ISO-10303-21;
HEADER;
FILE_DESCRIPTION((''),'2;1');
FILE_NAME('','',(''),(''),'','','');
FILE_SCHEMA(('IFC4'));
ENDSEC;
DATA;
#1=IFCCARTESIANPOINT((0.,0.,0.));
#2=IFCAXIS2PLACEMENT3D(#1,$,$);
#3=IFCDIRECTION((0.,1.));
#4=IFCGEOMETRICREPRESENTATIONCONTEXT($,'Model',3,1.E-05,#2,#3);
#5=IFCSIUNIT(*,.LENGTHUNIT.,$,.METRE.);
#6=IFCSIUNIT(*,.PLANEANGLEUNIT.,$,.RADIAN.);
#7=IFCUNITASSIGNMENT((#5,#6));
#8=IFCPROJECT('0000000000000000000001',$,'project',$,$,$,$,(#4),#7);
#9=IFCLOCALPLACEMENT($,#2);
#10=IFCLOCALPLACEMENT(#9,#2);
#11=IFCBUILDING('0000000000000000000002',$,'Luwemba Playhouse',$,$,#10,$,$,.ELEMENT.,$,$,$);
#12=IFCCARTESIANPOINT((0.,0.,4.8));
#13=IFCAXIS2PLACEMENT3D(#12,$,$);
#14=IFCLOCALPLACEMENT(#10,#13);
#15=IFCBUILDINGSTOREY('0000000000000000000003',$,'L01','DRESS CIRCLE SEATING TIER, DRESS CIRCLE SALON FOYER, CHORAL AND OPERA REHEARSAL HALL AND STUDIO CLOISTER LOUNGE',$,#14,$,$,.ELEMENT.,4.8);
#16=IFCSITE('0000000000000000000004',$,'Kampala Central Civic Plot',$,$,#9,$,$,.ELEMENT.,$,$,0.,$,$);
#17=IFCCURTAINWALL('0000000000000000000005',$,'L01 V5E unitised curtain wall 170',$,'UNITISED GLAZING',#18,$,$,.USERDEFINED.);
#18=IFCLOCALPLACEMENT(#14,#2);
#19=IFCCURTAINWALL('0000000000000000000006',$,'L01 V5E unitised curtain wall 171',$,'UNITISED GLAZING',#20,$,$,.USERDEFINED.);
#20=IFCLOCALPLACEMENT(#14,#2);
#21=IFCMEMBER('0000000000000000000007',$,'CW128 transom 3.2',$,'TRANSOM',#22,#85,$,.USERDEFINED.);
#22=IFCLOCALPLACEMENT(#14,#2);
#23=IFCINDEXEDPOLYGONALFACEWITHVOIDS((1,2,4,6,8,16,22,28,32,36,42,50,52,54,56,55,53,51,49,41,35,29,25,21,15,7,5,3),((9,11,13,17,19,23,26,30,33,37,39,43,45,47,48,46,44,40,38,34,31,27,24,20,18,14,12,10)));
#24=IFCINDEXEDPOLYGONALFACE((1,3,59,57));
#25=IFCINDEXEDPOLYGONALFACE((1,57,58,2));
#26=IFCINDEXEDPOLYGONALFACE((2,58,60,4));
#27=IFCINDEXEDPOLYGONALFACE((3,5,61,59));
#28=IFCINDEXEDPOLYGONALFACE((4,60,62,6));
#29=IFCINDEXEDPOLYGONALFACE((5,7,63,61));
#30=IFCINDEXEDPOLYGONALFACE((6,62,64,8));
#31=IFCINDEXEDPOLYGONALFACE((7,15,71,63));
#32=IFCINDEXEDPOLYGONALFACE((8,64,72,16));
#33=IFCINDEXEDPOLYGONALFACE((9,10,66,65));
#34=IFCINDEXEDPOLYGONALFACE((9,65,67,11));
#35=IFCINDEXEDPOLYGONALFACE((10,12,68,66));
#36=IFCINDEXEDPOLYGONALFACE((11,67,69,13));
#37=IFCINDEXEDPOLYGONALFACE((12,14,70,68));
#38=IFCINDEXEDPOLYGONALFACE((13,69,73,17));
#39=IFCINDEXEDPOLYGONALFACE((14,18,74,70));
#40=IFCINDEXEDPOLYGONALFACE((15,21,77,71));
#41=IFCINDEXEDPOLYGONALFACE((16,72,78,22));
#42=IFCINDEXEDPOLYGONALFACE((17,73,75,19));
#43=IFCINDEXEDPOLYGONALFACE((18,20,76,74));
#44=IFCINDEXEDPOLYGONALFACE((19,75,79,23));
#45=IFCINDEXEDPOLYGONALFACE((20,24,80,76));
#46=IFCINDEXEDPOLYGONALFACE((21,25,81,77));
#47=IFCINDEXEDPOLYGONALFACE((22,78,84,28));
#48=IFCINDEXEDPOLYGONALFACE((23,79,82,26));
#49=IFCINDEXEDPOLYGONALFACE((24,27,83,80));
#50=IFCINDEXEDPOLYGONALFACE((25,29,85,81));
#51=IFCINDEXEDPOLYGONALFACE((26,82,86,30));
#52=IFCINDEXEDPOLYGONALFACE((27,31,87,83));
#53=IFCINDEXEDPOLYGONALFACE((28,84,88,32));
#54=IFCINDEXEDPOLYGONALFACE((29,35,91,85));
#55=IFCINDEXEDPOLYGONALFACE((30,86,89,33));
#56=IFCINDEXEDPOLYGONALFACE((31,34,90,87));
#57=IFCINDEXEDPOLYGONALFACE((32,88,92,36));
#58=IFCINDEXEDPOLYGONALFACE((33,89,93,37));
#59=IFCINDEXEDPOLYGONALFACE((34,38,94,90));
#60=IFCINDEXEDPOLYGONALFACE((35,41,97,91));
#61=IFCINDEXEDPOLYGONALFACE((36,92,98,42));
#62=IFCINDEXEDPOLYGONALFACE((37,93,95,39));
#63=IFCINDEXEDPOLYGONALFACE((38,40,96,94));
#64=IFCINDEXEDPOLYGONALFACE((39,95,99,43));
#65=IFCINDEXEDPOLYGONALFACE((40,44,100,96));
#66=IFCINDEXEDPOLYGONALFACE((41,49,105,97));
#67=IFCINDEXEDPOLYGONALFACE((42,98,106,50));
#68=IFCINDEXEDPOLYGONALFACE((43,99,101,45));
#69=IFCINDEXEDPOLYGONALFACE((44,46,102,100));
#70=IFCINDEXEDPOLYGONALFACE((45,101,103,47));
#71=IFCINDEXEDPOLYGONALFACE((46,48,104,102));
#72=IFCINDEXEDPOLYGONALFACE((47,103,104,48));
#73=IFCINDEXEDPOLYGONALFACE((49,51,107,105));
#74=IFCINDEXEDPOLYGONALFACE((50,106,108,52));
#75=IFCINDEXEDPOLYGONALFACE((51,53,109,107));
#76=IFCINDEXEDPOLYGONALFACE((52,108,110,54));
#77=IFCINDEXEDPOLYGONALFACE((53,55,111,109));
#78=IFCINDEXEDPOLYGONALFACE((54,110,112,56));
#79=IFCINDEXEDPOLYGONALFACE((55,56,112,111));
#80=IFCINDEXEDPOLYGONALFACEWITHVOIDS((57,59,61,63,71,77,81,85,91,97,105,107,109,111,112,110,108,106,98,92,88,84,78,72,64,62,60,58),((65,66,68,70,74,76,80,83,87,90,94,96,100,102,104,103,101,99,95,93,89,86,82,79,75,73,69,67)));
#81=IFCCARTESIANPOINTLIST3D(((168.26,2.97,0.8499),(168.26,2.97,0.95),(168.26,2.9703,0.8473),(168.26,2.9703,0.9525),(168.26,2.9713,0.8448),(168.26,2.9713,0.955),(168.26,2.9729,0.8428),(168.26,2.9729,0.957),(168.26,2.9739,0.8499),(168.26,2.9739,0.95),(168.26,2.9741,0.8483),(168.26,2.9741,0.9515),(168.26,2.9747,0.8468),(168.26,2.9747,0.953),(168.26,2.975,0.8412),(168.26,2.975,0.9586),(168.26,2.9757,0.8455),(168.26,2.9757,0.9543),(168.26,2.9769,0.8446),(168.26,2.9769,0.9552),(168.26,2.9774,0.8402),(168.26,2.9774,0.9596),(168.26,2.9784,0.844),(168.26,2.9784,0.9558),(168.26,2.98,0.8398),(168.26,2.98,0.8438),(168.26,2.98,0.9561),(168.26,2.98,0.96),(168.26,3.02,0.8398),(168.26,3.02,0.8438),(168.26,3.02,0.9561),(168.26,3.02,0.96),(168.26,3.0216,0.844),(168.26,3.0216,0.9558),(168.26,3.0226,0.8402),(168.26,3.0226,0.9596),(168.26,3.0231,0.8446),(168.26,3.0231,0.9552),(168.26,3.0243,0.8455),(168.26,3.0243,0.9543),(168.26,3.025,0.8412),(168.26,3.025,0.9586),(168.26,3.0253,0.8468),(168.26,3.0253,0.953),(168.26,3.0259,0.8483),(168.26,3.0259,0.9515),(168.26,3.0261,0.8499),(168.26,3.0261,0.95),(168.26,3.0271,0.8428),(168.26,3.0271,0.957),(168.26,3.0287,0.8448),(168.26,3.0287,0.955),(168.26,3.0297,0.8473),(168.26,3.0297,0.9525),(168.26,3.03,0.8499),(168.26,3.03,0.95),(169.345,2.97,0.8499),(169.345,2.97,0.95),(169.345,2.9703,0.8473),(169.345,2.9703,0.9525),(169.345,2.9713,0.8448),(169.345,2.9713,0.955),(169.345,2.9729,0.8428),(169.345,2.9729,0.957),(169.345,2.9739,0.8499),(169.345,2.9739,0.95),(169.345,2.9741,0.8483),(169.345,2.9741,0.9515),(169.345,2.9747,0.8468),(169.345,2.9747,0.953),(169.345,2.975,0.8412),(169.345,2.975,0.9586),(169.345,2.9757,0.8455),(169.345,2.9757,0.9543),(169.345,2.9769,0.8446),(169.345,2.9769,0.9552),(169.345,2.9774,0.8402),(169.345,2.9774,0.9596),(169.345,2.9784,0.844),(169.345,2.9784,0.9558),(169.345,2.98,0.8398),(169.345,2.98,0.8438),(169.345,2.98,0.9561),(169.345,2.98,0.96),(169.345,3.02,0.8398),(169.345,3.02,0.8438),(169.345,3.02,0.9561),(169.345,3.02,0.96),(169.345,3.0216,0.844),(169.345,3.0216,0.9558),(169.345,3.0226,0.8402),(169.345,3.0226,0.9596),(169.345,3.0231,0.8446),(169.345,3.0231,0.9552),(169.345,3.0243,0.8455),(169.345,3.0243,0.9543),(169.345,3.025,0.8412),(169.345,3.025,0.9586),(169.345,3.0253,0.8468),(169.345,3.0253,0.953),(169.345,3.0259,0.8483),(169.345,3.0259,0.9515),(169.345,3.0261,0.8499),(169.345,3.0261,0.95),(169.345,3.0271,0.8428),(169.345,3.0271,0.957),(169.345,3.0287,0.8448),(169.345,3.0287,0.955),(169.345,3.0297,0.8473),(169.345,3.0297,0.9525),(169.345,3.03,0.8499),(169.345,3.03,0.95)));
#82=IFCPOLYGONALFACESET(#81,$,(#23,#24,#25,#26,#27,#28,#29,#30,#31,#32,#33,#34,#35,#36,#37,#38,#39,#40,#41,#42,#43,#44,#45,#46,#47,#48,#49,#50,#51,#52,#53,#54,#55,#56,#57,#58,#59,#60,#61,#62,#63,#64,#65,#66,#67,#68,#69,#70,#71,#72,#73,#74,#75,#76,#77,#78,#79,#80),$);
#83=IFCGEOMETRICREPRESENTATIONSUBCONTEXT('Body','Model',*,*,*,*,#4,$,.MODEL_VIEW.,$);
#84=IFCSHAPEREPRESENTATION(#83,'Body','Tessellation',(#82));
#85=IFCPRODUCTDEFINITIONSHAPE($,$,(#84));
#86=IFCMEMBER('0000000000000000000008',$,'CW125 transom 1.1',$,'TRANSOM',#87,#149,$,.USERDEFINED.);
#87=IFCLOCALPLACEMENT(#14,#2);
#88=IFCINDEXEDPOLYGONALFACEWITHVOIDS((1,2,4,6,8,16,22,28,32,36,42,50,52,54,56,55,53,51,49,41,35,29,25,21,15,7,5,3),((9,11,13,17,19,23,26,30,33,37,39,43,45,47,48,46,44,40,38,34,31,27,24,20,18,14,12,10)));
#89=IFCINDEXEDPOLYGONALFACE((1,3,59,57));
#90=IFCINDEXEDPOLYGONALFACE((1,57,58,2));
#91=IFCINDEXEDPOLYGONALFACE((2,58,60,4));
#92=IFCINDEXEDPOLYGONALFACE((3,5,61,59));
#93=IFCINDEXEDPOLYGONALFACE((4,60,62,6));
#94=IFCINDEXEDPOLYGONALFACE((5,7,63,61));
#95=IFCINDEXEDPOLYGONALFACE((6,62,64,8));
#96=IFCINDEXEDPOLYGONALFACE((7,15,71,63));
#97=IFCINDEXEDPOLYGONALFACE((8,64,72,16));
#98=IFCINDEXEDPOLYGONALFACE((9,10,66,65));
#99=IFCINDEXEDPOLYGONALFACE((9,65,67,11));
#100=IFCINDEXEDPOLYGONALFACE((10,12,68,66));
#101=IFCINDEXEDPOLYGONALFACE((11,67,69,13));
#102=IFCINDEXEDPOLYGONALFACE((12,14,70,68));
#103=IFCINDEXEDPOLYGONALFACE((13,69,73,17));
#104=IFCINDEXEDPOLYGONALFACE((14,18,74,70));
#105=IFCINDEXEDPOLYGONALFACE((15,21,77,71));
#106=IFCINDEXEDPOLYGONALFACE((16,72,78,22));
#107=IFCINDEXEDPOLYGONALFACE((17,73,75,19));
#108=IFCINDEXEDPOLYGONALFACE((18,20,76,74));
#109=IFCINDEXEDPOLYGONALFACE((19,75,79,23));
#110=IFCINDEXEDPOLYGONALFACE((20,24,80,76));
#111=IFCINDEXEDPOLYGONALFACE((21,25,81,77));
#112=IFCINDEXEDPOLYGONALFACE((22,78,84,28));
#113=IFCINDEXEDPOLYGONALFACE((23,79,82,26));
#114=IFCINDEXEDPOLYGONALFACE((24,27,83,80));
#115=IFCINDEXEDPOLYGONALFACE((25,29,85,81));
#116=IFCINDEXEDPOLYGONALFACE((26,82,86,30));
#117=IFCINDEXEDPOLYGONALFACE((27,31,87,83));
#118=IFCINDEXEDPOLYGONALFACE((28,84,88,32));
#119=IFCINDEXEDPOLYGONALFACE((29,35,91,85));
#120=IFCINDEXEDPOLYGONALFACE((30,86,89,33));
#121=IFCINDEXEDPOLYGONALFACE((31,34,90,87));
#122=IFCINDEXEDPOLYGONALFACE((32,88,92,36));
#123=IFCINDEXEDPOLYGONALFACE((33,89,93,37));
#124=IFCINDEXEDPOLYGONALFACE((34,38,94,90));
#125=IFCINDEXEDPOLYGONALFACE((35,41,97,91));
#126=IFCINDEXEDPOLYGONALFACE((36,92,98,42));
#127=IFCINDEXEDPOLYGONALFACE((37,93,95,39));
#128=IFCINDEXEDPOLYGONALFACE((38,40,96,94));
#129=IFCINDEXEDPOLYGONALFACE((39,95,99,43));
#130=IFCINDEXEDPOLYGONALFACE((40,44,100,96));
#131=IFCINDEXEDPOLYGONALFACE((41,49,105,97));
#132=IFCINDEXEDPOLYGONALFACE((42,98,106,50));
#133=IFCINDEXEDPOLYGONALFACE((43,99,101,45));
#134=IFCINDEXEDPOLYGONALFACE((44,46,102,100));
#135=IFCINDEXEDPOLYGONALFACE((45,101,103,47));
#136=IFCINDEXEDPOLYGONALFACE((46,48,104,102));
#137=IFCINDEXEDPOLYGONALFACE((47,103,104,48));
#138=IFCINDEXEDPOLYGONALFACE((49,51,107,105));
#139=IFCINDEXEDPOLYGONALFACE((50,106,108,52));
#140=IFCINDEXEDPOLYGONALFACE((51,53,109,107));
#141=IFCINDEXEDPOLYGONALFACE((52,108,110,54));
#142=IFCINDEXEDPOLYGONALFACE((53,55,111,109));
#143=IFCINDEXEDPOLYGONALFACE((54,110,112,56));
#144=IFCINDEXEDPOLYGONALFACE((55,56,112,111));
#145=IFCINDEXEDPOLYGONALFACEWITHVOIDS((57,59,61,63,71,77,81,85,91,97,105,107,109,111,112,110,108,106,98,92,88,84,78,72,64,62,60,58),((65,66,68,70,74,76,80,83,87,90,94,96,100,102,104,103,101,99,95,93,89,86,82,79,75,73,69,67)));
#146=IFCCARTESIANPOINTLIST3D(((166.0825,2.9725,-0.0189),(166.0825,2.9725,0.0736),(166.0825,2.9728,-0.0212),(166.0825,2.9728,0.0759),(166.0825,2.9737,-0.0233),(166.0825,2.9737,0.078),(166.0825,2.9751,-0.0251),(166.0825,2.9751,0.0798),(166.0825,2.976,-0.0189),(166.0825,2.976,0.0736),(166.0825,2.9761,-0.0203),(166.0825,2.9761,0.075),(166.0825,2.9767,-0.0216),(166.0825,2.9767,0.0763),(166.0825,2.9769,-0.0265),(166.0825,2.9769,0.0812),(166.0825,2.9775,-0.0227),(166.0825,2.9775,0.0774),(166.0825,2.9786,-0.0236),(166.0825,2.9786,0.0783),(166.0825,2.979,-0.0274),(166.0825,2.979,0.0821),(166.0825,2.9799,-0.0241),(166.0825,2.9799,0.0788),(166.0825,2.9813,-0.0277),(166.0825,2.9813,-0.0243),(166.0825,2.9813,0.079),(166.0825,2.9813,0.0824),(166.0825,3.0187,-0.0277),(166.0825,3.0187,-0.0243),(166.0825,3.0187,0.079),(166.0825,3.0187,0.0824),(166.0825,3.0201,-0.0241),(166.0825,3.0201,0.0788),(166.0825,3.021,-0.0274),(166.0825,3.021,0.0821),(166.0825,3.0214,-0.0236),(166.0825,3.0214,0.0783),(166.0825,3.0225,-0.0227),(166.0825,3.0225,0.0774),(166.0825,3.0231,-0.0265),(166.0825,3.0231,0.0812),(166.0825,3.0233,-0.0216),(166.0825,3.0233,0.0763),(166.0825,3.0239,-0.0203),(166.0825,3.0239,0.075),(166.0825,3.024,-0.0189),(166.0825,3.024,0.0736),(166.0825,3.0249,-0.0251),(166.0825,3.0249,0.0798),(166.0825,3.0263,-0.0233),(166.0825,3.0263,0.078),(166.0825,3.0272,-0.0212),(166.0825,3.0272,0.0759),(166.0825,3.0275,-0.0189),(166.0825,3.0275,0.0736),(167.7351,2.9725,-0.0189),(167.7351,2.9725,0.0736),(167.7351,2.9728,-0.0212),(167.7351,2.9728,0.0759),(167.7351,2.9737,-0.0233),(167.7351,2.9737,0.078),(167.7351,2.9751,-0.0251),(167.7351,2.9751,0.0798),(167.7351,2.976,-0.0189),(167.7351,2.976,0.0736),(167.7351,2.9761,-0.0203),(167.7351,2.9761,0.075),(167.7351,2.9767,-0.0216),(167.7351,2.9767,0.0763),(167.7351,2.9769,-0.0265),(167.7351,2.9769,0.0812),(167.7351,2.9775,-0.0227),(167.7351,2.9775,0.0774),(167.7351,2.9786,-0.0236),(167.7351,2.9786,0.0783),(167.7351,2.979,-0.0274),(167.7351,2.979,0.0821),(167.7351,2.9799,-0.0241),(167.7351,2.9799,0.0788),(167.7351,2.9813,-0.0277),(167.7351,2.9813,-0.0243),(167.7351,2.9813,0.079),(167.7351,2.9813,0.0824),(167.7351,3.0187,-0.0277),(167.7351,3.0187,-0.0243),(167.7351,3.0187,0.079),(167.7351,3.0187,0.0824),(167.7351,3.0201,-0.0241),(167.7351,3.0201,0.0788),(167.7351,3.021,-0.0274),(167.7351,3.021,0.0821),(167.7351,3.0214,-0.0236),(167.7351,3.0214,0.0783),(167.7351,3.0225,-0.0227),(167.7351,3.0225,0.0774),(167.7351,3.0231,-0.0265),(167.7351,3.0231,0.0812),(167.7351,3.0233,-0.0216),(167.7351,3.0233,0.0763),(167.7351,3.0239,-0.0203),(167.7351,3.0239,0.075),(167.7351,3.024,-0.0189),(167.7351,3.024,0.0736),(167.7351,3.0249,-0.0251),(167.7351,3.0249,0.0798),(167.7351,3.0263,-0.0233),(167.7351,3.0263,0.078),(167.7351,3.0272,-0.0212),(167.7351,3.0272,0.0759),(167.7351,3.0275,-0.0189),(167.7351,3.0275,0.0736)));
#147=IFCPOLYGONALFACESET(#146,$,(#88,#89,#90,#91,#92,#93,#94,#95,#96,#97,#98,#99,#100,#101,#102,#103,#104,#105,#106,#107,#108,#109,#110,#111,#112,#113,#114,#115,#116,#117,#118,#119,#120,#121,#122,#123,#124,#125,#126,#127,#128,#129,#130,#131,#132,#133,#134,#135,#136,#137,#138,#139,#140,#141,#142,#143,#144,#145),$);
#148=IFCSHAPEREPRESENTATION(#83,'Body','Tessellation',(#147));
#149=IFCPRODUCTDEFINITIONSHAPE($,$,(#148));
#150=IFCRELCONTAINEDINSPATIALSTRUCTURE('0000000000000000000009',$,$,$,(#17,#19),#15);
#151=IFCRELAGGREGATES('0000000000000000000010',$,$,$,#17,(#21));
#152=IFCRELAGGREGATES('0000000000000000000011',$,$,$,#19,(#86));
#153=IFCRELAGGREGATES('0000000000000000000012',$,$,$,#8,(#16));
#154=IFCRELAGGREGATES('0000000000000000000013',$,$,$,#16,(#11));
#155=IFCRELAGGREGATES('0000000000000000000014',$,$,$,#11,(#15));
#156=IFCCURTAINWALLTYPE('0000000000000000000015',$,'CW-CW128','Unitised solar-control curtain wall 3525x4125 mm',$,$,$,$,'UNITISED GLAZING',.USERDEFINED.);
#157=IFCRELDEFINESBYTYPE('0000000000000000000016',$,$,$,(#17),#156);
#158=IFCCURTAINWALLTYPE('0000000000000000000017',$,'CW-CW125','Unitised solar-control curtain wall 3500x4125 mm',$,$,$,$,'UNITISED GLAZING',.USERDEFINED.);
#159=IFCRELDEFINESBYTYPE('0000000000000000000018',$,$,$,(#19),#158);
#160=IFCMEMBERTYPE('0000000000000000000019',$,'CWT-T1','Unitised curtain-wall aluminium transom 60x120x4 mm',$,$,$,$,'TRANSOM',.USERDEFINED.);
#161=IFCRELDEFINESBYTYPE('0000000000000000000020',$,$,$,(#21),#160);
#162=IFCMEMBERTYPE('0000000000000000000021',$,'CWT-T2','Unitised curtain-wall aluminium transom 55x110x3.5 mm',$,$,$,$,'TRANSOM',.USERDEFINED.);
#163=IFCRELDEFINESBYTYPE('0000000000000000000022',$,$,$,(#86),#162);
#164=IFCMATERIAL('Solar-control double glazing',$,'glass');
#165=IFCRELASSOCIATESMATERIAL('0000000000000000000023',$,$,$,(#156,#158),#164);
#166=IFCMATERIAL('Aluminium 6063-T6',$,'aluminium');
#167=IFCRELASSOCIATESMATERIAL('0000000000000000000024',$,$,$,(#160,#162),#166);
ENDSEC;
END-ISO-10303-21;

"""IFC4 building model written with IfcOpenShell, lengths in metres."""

from ifc_helpers import new_model, si_unit, direction, frame, origin, origin_2d, place, context, subcontext, project, spatial, hollow_rectangle, extrude, material, material_profile, profile_set, type_object, element, aggregate, save


model = new_model("IFC4")

# Units and contexts
model_context = context("Model", 3, precision=1e-05, world=origin(), true_north=direction((0.0, 1.0)))
body_context = subcontext(model_context, "Body", "Model", "MODEL_VIEW")
ifc_project = project(units=[si_unit("LENGTHUNIT", "METRE"), si_unit("PLANEANGLEUNIT", "RADIAN")], contexts=[model_context])

# Site, building, storey
site_placement = place(None, origin())
site = spatial("IfcSite", under=ifc_project, at=site_placement, Name="Kampala Central Civic Plot", CompositionType="ELEMENT", RefElevation=0.0)
building_placement = place(site_placement, origin())
building = spatial("IfcBuilding", under=site, at=building_placement, Name="Luwemba Playhouse", CompositionType="ELEMENT")
storey_placement = place(building_placement, frame((0.0, 0.0, 4.8)))
storey = spatial("IfcBuildingStorey", under=building, at=storey_placement, Name="L01", Description="DRESS CIRCLE SEATING TIER, DRESS CIRCLE SALON FOYER, CHORAL AND OPERA REHEARSAL HALL AND STUDIO CLOISTER LOUNGE", CompositionType="ELEMENT", Elevation=4.8)

# Curtain wall
ifc_material_1 = material(Name="Solar-control double glazing", Category="glass")
curtain_wall_type_1 = type_object("IfcCurtainWallType", Name="CW-CW128", Description="Unitised solar-control curtain wall 3525x4125 mm", ElementType="UNITISED GLAZING", PredefinedType="USERDEFINED", material=ifc_material_1)
curtain_wall_1_placement = place(storey_placement, origin())
curtain_wall_1 = element("IfcCurtainWall", 1, at=curtain_wall_1_placement, inside=storey, type_object=curtain_wall_type_1, Name="L01 V5E unitised curtain wall 170", ObjectType="UNITISED GLAZING", PredefinedType="USERDEFINED")
ifc_material_2 = material(Name="Aluminium 6063-T6", Category="aluminium")

# Curtain wall
curtain_wall_type_2 = type_object("IfcCurtainWallType", Name="CW-CW125", Description="Unitised solar-control curtain wall 3500x4125 mm", ElementType="UNITISED GLAZING", PredefinedType="USERDEFINED", material=ifc_material_1)
curtain_wall_2_placement = place(storey_placement, origin())
curtain_wall_2 = element("IfcCurtainWall", 2, at=curtain_wall_2_placement, inside=storey, type_object=curtain_wall_type_2, Name="L01 V5E unitised curtain wall 171", ObjectType="UNITISED GLAZING", PredefinedType="USERDEFINED")

# Members
ifc_material_profile_1 = material_profile(ifc_material_2, hollow_rectangle(XDim=0.0601, YDim=0.1201, WallThickness=0.0039, InnerFilletRadius=0.0061, OuterFilletRadius=0.01, at=origin_2d()))
ifc_profile_set_1 = profile_set([ifc_material_profile_1], Name="Aluminium 6063-T6")
member_type_1 = type_object("IfcMemberType", Name="CWT-T1", Description="Unitised curtain-wall aluminium transom 60x120x4 mm", ElementType="TRANSOM", PredefinedType="USERDEFINED", material=ifc_profile_set_1)
member_1_placement = place(storey_placement, frame((169.345, 3.0, 0.8999), z_axis=(-1.0, 0.0, 0.0), x_axis=(0.0, -1.0, 0.0)))
member_1 = element("IfcMember", 3, at=member_1_placement, type_object=member_type_1, Name="CW128 transom 3.2", ObjectType="TRANSOM", PredefinedType="USERDEFINED", context=body_context, shape_type="SweptSolid", body=[
    extrude(hollow_rectangle(XDim=0.0601, YDim=0.1201, WallThickness=0.0039, InnerFilletRadius=0.0061, OuterFilletRadius=0.01, at=origin_2d()), origin(), (0.0, 0.0, 1.0), 1.085),
])
ifc_material_profile_2 = material_profile(ifc_material_2, hollow_rectangle(XDim=0.0549, YDim=0.1101, WallThickness=0.0034, InnerFilletRadius=0.0054, OuterFilletRadius=0.0088, at=origin_2d()))
ifc_profile_set_2 = profile_set([ifc_material_profile_2], Name="Aluminium 6063-T6")
member_type_2 = type_object("IfcMemberType", Name="CWT-T2", Description="Unitised curtain-wall aluminium transom 55x110x3.5 mm", ElementType="TRANSOM", PredefinedType="USERDEFINED", material=ifc_profile_set_2)
member_2_placement = place(storey_placement, frame((167.7351, 3.0, 0.0273), z_axis=(-1.0, 0.0, 0.0), x_axis=(0.0, -1.0, 0.0)))
member_2 = element("IfcMember", 4, at=member_2_placement, type_object=member_type_2, Name="CW125 transom 1.1", ObjectType="TRANSOM", PredefinedType="USERDEFINED", context=body_context, shape_type="SweptSolid", body=[
    extrude(hollow_rectangle(XDim=0.0549, YDim=0.1101, WallThickness=0.0034, InnerFilletRadius=0.0054, OuterFilletRadius=0.0088, at=origin_2d()), origin(), (0.0, 0.0, 1.0), 1.6526),
])

aggregate(curtain_wall_1, [member_1])
aggregate(curtain_wall_2, [member_2])

save(model, "model.ifc")
